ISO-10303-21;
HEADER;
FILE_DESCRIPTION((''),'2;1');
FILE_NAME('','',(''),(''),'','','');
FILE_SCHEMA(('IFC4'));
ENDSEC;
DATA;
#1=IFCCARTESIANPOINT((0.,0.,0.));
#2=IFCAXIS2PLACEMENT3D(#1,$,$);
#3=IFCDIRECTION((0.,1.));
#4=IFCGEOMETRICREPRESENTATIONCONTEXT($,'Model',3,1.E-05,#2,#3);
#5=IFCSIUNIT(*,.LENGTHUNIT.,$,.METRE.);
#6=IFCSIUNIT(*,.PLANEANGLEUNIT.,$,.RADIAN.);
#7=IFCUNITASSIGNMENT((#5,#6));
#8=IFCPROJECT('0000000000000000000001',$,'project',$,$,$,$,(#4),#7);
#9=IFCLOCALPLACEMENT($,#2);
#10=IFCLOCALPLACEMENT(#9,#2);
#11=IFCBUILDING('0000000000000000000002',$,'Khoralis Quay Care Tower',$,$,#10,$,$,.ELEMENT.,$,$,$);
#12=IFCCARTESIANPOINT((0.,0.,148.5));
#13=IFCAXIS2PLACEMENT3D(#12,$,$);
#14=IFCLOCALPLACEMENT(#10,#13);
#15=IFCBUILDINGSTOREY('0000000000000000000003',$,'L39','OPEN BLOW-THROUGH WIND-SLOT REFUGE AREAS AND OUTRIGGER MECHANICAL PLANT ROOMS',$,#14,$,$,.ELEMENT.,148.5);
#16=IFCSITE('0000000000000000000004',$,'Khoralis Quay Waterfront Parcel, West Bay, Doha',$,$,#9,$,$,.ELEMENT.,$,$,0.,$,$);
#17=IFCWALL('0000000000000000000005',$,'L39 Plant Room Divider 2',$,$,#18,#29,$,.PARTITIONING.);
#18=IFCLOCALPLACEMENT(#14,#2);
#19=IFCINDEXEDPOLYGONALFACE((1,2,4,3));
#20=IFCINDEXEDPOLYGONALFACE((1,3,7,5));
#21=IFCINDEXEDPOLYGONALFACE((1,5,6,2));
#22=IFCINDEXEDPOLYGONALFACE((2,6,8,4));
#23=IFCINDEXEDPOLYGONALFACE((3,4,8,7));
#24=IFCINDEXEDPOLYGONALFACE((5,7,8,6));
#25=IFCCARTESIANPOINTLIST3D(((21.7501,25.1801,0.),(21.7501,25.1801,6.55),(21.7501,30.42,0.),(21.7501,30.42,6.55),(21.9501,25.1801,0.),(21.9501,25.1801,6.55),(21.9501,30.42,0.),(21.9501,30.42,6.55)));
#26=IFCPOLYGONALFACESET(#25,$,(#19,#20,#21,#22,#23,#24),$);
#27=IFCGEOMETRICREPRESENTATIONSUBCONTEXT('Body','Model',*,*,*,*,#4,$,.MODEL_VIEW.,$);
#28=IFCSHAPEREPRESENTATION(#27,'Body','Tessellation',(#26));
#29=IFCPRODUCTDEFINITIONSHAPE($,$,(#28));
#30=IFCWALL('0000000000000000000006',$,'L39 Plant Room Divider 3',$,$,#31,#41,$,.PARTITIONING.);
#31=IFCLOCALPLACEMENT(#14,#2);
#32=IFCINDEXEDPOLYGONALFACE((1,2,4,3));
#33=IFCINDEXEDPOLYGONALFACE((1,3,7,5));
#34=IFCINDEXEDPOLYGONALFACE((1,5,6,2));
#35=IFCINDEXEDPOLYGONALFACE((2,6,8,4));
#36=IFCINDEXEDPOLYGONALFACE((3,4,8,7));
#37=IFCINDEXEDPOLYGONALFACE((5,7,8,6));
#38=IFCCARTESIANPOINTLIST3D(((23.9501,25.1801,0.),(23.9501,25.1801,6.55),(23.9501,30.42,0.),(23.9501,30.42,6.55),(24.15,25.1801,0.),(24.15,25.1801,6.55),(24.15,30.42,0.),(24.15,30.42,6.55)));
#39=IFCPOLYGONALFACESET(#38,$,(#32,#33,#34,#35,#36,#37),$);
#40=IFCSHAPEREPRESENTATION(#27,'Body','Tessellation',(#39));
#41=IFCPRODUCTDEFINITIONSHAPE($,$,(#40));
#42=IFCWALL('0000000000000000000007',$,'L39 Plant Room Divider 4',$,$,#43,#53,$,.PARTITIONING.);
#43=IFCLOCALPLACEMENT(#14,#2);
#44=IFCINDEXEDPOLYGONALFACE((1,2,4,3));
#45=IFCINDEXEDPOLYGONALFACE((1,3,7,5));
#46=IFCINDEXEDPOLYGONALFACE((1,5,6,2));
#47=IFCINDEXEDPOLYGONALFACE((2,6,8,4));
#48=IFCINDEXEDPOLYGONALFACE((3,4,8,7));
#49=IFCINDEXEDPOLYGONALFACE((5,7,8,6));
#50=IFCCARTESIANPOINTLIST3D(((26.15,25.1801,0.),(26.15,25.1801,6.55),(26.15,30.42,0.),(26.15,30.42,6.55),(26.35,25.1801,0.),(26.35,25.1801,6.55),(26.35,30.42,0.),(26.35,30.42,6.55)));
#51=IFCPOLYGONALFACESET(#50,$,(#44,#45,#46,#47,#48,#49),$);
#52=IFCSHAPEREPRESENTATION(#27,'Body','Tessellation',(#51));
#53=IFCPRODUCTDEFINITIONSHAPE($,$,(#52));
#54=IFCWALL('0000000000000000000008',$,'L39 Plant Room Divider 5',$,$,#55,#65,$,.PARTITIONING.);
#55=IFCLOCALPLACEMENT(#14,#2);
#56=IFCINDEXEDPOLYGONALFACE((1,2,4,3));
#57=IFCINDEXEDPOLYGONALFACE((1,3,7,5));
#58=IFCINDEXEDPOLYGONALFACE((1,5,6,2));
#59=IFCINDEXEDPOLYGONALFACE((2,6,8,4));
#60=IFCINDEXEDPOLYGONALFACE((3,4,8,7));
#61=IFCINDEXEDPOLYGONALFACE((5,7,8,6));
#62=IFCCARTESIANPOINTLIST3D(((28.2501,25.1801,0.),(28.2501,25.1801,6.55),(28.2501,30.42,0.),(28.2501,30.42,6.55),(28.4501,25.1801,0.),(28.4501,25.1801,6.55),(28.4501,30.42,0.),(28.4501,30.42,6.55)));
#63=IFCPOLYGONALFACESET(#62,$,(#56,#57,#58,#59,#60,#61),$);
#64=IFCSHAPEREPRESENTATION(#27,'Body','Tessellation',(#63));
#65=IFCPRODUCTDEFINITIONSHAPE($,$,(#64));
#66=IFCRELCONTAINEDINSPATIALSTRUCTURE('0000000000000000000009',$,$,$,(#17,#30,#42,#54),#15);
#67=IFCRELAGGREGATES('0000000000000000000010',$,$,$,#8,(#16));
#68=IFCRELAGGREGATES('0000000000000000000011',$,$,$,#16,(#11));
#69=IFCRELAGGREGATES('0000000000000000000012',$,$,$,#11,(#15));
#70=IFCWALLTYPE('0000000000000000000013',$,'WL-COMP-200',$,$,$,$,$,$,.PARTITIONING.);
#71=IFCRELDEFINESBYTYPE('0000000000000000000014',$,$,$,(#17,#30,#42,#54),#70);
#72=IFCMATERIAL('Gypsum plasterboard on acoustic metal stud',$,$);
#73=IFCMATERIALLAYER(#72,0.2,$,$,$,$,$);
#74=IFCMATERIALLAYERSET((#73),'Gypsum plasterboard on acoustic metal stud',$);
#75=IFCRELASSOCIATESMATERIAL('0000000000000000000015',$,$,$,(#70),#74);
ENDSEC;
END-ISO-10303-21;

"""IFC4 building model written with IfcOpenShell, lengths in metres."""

from ifc_helpers import new_model, si_unit, direction, frame, frame_2d, origin, place, context, subcontext, project, spatial, rectangle, extrude, material, layer, layer_set, type_object, element, save


model = new_model("IFC4")

# Units and contexts
model_context = context("Model", 3, precision=1e-05, world=origin(), true_north=direction((0.0, 1.0)))
body_context = subcontext(model_context, "Body", "Model", "MODEL_VIEW")
ifc_project = project(units=[si_unit("LENGTHUNIT", "METRE"), si_unit("PLANEANGLEUNIT", "RADIAN")], contexts=[model_context])

# Site, building, storey
site_placement = place(None, origin())
site = spatial("IfcSite", under=ifc_project, at=site_placement, Name="Khoralis Quay Waterfront Parcel, West Bay, Doha", CompositionType="ELEMENT", RefElevation=0.0)
building_placement = place(site_placement, origin())
building = spatial("IfcBuilding", under=site, at=building_placement, Name="Khoralis Quay Care Tower", CompositionType="ELEMENT")
storey_placement = place(building_placement, frame((0.0, 0.0, 148.5)))
storey = spatial("IfcBuildingStorey", under=building, at=storey_placement, Name="L39", Description="OPEN BLOW-THROUGH WIND-SLOT REFUGE AREAS AND OUTRIGGER MECHANICAL PLANT ROOMS", CompositionType="ELEMENT", Elevation=148.5)

# Walls
ifc_material_1 = material(Name="Gypsum plasterboard on acoustic metal stud")
ifc_layer_1 = layer(ifc_material_1, 0.2)
ifc_layer_set_1 = layer_set([ifc_layer_1], Name="Gypsum plasterboard on acoustic metal stud")
wall_type = type_object("IfcWallType", Name="WL-COMP-200", PredefinedType="PARTITIONING", material=ifc_layer_set_1)
for number, where, z_axis, x_axis, name in (
    (1, (21.8501, 25.1799, 0.0), (0.0, 0.0, 1.0), (0.0, 1.0, 0.0), "L39 Plant Room Divider 2"),
    (2, (24.05, 25.1799, 0.0), (0.0, 0.0, 1.0), (0.0, 1.0, 0.0), "L39 Plant Room Divider 3"),
    (3, (26.25, 25.1799, 0.0), (0.0, 0.0, 1.0), (0.0, 1.0, 0.0), "L39 Plant Room Divider 4"),
    (4, (28.3501, 25.1799, 0.0), (0.0, 0.0, 1.0), (0.0, 1.0, 0.0), "L39 Plant Room Divider 5"),
):
    element("IfcWall", number, at=place(storey_placement, frame(where, z_axis=z_axis, x_axis=x_axis)), inside=storey, type_object=wall_type, Name=name, PredefinedType="PARTITIONING", context=body_context, shape_type="SweptSolid", body=[
        extrude(rectangle(XDim=5.24, YDim=0.2, at=frame_2d((2.6201, 0.0))), origin(), (0.0, 0.0, 1.0), 6.55),
    ])

save(model, "model.ifc")
